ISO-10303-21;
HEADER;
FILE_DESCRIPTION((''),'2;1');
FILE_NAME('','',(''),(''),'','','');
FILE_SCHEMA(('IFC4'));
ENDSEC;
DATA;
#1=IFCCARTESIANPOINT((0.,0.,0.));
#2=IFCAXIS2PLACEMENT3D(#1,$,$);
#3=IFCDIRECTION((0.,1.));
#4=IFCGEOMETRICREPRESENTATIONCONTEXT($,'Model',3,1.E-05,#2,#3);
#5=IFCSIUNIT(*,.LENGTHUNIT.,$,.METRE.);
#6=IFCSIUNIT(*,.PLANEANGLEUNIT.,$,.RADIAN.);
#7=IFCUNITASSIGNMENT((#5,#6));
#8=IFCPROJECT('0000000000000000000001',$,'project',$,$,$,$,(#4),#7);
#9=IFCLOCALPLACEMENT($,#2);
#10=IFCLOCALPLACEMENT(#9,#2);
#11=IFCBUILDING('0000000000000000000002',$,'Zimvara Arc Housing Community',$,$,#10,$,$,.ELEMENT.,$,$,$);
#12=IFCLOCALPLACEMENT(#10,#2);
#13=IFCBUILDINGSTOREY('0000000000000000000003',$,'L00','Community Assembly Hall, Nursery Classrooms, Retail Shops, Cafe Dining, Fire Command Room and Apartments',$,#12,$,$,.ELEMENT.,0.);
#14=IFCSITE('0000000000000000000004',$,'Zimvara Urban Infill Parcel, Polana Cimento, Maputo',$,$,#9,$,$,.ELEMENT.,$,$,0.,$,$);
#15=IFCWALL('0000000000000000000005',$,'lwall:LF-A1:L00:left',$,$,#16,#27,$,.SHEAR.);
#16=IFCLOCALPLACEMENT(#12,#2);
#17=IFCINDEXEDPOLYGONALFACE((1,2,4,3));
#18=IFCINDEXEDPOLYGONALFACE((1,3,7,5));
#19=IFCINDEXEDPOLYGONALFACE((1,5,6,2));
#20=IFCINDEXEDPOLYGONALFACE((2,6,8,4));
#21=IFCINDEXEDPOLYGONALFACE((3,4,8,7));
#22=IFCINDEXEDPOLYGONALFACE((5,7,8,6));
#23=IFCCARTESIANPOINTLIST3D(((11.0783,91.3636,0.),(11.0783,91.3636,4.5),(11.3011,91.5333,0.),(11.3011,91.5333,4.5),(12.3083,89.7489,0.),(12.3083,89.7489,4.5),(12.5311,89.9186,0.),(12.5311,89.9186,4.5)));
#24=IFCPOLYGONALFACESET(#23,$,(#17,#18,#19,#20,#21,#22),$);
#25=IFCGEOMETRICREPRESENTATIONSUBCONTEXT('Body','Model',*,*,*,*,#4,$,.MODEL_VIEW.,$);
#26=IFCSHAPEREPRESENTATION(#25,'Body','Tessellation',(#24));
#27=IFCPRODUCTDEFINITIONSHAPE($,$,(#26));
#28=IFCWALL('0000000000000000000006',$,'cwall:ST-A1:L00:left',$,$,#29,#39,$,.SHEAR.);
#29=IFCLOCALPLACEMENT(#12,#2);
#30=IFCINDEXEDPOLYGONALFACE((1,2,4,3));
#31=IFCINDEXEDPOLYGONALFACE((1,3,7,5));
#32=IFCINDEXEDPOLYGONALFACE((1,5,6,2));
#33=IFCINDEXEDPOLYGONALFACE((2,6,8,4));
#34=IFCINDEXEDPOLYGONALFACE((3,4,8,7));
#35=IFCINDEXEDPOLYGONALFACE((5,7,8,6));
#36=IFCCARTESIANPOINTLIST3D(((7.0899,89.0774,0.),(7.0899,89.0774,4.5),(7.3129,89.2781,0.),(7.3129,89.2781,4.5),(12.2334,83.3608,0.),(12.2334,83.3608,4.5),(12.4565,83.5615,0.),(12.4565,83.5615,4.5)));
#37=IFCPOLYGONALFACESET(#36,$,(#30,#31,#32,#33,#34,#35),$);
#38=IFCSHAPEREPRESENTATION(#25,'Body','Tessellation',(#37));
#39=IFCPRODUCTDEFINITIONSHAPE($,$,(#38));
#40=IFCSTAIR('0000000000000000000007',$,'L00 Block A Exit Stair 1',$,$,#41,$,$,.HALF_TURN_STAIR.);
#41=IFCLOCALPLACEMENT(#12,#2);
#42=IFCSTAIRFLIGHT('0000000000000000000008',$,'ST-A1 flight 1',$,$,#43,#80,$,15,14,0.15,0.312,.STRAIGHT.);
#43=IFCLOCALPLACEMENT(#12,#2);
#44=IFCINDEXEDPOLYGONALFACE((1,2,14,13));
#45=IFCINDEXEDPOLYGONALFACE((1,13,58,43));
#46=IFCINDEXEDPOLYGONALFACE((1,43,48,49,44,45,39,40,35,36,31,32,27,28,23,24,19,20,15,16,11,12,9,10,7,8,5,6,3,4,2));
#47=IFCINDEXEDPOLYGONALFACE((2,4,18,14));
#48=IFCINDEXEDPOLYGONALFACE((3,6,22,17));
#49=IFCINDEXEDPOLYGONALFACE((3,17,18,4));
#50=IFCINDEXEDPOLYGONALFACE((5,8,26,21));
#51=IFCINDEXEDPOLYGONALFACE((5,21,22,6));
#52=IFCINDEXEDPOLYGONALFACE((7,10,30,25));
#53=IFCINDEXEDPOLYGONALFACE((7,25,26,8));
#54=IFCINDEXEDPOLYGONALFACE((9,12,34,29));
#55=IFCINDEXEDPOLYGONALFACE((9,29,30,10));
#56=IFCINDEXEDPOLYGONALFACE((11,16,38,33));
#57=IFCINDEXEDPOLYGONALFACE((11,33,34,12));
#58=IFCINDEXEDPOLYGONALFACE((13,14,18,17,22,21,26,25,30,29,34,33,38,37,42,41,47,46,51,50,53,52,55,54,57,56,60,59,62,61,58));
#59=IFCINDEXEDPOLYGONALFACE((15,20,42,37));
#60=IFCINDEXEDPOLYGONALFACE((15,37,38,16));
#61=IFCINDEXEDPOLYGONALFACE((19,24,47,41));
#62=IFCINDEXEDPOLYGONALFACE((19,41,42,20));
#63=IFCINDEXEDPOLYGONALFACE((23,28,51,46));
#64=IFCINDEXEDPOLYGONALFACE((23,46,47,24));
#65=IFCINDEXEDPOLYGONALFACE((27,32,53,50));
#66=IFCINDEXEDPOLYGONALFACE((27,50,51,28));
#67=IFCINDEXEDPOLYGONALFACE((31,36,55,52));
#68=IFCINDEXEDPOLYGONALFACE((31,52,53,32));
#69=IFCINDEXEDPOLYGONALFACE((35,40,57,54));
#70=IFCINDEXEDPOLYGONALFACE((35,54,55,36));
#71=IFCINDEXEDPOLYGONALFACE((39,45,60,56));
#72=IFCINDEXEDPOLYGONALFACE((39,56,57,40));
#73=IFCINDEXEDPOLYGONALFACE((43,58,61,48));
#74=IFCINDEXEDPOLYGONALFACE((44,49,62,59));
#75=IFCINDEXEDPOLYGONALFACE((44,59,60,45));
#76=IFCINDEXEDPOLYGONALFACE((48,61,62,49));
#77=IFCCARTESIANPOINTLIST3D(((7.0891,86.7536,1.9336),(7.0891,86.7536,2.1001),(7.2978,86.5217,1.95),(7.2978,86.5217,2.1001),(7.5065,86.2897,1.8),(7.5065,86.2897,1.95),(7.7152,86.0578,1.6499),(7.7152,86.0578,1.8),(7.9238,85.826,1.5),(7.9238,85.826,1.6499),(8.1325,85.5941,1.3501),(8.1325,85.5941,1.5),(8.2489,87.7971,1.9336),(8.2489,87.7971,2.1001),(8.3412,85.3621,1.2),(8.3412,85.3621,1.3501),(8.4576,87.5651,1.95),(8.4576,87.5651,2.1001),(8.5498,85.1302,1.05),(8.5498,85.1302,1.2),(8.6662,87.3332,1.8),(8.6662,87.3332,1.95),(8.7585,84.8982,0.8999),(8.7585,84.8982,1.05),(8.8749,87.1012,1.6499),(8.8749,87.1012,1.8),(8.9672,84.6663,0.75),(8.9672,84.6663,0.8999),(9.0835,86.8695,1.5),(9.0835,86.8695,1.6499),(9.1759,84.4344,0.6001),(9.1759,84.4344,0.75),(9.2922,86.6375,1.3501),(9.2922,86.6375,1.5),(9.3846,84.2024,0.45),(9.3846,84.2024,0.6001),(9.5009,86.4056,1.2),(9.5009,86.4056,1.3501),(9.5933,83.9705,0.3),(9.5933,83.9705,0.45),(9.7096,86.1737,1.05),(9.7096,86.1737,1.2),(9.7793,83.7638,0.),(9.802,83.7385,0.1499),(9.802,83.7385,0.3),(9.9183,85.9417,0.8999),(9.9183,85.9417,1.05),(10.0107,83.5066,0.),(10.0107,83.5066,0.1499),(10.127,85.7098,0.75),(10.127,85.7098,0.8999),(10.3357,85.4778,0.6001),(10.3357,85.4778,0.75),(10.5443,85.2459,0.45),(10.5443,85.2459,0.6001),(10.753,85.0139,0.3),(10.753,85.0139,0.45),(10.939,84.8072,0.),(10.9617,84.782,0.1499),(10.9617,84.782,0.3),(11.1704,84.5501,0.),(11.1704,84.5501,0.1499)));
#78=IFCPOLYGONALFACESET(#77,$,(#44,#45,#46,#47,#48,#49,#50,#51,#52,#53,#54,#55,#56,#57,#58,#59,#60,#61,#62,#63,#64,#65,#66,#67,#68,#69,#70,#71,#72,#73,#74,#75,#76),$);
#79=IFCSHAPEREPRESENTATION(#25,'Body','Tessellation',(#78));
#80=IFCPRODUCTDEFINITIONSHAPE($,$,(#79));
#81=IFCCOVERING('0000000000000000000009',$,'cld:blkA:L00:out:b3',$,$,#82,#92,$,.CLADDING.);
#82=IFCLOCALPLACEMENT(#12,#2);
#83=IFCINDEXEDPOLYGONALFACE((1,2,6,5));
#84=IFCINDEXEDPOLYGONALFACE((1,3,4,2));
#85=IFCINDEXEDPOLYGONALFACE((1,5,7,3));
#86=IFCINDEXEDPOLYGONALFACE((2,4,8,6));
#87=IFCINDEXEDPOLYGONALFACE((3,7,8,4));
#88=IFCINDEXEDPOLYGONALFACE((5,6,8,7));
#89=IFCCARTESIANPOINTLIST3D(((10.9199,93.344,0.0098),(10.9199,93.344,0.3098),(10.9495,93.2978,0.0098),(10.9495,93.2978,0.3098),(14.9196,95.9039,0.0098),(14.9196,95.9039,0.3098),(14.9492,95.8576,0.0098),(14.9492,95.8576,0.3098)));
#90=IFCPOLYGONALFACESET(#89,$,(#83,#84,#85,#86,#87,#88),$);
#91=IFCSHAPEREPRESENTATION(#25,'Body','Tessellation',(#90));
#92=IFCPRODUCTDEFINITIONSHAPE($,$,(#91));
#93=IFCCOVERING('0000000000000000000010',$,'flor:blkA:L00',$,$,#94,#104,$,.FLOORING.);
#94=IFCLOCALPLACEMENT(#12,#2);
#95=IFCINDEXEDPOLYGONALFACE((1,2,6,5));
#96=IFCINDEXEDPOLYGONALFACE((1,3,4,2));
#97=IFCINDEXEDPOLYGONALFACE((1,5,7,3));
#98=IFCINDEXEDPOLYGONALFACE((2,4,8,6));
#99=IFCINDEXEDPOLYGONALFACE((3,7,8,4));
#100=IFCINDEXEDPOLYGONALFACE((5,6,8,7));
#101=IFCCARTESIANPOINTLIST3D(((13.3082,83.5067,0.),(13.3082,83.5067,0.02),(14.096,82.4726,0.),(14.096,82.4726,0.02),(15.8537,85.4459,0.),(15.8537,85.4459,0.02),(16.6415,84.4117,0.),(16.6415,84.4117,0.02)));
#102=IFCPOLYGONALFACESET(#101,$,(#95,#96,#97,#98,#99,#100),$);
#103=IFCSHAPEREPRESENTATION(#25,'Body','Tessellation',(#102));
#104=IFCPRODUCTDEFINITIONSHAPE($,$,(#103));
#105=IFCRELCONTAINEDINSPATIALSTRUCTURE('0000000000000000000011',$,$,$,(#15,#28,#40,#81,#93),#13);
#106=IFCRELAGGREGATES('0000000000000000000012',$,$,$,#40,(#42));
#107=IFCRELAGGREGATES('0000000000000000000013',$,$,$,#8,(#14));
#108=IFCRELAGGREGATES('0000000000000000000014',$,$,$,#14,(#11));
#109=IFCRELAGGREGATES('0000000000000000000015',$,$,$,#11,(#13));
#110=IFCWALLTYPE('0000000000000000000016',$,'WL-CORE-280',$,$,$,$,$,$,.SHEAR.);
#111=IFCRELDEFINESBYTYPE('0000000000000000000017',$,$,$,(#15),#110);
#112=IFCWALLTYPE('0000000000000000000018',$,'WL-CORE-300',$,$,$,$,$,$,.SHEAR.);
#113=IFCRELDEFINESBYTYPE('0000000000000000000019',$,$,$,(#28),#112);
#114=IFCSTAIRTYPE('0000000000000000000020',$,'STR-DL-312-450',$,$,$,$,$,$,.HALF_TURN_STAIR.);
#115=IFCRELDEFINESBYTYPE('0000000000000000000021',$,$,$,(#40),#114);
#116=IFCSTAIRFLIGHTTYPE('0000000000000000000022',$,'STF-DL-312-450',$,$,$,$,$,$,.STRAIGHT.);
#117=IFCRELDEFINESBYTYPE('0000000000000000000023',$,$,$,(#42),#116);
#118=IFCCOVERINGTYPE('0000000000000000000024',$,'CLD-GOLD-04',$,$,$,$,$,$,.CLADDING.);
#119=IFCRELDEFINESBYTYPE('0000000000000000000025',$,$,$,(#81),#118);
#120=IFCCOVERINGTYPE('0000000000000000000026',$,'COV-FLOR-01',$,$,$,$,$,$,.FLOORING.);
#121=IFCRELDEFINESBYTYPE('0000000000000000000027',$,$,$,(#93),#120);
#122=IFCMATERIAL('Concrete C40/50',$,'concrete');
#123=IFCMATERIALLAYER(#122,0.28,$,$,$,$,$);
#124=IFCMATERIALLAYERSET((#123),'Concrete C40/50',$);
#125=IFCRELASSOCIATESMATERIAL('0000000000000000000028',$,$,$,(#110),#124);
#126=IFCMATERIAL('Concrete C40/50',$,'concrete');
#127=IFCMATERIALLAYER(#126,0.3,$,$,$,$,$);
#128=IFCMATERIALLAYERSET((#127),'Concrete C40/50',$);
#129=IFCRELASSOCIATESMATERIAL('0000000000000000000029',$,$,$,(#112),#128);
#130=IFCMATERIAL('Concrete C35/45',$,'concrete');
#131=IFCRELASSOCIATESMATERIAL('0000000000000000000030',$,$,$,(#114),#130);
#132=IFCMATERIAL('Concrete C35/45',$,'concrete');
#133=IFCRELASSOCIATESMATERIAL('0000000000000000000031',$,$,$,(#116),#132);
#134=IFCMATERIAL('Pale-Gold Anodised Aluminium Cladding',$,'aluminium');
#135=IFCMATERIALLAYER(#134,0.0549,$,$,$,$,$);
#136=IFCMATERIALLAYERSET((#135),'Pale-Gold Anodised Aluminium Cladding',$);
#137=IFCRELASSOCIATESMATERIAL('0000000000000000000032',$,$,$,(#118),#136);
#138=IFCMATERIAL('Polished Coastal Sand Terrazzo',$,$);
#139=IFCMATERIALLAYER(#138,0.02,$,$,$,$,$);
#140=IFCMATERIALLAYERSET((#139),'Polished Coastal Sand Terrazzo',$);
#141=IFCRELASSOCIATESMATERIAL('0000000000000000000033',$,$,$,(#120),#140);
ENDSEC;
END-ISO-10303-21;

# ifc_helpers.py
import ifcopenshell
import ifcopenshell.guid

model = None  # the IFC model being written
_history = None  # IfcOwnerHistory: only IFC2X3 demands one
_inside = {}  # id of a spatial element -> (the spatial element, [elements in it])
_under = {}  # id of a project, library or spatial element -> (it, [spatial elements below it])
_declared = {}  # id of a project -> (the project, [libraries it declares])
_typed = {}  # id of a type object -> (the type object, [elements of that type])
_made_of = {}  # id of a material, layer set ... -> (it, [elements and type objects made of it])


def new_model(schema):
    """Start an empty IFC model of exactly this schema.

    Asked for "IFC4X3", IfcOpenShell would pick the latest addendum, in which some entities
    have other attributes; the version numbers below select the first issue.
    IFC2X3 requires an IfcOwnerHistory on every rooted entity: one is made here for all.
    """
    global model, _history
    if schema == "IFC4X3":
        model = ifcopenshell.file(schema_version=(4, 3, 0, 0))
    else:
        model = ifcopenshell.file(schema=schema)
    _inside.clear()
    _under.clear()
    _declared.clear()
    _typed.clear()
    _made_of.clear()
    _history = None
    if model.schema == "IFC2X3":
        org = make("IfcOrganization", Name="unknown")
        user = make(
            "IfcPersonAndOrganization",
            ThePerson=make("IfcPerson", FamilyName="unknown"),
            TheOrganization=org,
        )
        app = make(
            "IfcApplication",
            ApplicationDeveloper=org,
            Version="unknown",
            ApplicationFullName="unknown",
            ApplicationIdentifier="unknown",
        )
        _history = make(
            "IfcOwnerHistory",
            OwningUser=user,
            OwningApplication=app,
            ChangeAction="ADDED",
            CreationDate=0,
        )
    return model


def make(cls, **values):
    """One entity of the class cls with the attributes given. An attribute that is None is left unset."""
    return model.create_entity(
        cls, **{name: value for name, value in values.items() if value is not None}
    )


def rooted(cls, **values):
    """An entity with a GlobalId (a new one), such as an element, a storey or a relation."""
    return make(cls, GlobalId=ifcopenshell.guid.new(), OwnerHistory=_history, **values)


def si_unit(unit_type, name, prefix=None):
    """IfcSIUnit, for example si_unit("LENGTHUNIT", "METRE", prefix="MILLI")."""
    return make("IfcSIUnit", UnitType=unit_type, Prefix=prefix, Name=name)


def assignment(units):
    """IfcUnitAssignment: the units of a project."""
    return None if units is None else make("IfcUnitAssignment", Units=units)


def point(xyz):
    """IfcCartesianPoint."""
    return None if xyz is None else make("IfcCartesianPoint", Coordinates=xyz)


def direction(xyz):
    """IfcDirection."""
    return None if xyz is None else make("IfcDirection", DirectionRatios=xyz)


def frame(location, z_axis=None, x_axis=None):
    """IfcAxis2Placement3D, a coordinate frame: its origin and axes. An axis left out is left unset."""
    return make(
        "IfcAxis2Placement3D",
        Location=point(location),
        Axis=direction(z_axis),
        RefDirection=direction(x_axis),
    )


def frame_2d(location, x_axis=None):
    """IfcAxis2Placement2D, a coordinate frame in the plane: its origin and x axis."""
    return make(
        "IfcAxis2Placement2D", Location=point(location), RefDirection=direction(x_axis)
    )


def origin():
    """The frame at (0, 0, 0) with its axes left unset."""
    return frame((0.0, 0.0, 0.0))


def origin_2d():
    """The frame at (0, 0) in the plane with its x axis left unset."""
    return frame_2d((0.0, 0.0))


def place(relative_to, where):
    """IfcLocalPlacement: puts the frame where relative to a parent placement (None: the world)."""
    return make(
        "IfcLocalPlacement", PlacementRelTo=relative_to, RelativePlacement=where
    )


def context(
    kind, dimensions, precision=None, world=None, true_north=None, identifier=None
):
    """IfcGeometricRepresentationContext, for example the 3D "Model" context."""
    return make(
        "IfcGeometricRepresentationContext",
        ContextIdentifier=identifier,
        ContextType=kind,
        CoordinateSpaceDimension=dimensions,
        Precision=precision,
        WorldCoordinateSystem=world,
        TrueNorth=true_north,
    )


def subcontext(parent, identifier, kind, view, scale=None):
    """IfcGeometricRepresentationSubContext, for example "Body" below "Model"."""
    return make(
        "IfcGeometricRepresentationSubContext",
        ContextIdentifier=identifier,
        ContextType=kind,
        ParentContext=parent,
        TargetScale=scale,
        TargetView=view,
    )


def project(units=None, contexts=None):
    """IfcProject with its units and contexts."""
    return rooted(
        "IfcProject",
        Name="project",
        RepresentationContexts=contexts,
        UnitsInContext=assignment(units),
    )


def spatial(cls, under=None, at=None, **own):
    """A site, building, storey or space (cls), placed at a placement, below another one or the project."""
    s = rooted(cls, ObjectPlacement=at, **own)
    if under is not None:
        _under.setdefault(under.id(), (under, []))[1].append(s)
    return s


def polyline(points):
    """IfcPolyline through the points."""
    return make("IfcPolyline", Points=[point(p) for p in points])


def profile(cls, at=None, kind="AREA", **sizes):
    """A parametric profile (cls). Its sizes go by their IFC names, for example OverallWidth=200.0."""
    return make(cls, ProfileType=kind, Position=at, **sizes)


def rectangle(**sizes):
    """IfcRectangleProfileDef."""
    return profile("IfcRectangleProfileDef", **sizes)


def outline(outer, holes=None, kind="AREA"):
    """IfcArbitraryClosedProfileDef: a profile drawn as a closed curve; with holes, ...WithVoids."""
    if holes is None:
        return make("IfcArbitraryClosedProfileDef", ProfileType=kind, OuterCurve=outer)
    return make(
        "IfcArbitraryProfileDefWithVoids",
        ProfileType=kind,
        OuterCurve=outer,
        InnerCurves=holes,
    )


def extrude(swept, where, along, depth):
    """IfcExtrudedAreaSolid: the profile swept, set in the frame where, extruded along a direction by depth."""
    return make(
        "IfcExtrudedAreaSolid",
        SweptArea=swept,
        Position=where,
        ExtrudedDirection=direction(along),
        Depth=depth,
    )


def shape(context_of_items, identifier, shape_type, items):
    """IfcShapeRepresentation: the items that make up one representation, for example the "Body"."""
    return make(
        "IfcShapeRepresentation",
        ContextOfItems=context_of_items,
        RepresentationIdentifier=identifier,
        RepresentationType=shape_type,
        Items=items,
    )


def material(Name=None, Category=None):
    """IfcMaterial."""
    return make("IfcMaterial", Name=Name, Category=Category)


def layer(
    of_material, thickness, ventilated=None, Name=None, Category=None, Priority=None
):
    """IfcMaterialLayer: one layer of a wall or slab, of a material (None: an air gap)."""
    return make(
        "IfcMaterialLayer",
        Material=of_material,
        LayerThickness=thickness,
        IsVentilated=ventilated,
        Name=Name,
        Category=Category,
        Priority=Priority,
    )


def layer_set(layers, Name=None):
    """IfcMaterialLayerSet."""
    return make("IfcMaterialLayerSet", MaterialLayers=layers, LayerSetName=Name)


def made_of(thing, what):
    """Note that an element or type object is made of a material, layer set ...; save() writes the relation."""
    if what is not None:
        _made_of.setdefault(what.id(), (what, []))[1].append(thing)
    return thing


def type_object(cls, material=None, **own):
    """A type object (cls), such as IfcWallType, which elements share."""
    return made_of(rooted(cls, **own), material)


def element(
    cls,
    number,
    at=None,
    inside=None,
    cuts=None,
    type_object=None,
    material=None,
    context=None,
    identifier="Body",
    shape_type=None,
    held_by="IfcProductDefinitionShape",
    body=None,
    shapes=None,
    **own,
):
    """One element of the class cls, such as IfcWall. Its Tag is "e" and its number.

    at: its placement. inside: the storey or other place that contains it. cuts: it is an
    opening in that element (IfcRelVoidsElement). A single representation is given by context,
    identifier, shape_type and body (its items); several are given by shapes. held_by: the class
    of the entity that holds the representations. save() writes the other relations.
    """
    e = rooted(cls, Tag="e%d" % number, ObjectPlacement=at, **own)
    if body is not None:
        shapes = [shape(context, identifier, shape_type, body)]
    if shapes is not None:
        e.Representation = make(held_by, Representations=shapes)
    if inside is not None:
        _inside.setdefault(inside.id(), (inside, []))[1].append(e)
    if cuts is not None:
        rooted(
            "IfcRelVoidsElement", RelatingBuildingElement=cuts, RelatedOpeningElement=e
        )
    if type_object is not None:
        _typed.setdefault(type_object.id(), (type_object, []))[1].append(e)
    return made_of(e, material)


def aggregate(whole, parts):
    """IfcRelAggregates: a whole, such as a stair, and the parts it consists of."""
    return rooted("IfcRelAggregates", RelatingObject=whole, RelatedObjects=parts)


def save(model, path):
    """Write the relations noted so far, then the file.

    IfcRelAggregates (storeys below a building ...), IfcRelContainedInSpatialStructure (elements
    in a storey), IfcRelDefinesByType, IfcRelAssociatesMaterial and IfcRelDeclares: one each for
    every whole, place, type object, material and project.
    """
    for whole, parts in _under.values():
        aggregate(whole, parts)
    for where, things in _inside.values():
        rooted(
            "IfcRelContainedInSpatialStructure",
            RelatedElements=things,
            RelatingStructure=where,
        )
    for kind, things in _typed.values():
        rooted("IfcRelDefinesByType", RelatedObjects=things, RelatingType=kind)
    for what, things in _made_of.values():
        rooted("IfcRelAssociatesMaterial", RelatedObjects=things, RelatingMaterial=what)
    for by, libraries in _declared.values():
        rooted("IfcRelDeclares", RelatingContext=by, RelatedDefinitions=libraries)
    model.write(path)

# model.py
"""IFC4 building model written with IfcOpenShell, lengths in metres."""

from ifc_helpers import new_model, si_unit, direction, frame, frame_2d, origin, origin_2d, place, context, subcontext, project, spatial, polyline, rectangle, outline, extrude, material, layer, layer_set, type_object, element, aggregate, save


model = new_model("IFC4")

# Units and contexts
model_context = context("Model", 3, precision=1e-05, world=origin(), true_north=direction((0.0, 1.0)))
body_context = subcontext(model_context, "Body", "Model", "MODEL_VIEW")
ifc_project = project(units=[si_unit("LENGTHUNIT", "METRE"), si_unit("PLANEANGLEUNIT", "RADIAN")], contexts=[model_context])

# Site, building, storey
site_placement = place(None, origin())
site = spatial("IfcSite", under=ifc_project, at=site_placement, Name="Zimvara Urban Infill Parcel, Polana Cimento, Maputo", CompositionType="ELEMENT", RefElevation=0.0)
building_placement = place(site_placement, origin())
building = spatial("IfcBuilding", under=site, at=building_placement, Name="Zimvara Arc Housing Community", CompositionType="ELEMENT")
storey_placement = place(building_placement, origin())
storey = spatial("IfcBuildingStorey", under=building, at=storey_placement, Name="L00", Description="Community Assembly Hall, Nursery Classrooms, Retail Shops, Cafe Dining, Fire Command Room and Apartments", CompositionType="ELEMENT", Elevation=0.0)

# Shared definitions
ifc_material_1 = material(Name="Concrete C40/50", Category="concrete")
ifc_layer_1 = layer(ifc_material_1, 0.28)
ifc_layer_set_1 = layer_set([ifc_layer_1], Name="Concrete C40/50")
wall_type_1 = type_object("IfcWallType", Name="WL-CORE-280", PredefinedType="SHEAR", material=ifc_layer_set_1)

# Wall
wall_1_placement = place(storey_placement, frame((12.4197, 89.8337, 0.0), z_axis=(0.0, 0.0, 1.0), x_axis=(-0.605949, 0.795504, 0.0)))
element("IfcWall", 1, at=wall_1_placement, inside=storey, type_object=wall_type_1, Name="lwall:LF-A1:L00:left", PredefinedType="SHEAR", context=body_context, shape_type="SweptSolid", body=[
    extrude(rectangle(XDim=2.0298, YDim=0.28, at=frame_2d((1.0149, 0.0))), origin(), (0.0, 0.0, 1.0), 4.5),
])

# Shared definitions
ifc_material_2 = material(Name="Concrete C40/50", Category="concrete")
ifc_layer_2 = layer(ifc_material_2, 0.3)
ifc_layer_set_2 = layer_set([ifc_layer_2], Name="Concrete C40/50")
wall_type_2 = type_object("IfcWallType", Name="WL-CORE-300", PredefinedType="SHEAR", material=ifc_layer_set_2)

# Wall
wall_2_placement = place(storey_placement, frame((12.345, 83.4612, 0.0), z_axis=(0.0, 0.0, 1.0), x_axis=(-0.668868, 0.743381, 0.0)))
element("IfcWall", 2, at=wall_2_placement, inside=storey, type_object=wall_type_2, Name="cwall:ST-A1:L00:left", PredefinedType="SHEAR", context=body_context, shape_type="SweptSolid", body=[
    extrude(rectangle(XDim=7.6899, YDim=0.3, at=frame_2d((3.845, 0.0))), origin(), (0.0, 0.0, 1.0), 4.5),
])

# Stair, stair flight
ifc_material_3 = material(Name="Concrete C35/45", Category="concrete")
stair_type = type_object("IfcStairType", Name="STR-DL-312-450", PredefinedType="HALF_TURN_STAIR", material=ifc_material_3)
stair_placement = place(storey_placement, origin())
stair = element("IfcStair", 3, at=stair_placement, inside=storey, type_object=stair_type, Name="L00 Block A Exit Stair 1", PredefinedType="HALF_TURN_STAIR")
ifc_material_4 = material(Name="Concrete C35/45", Category="concrete")
stair_flight_type = type_object("IfcStairFlightType", Name="STF-DL-312-450", PredefinedType="STRAIGHT", material=ifc_material_4)
stair_flight_placement = place(storey_placement, frame((10.5906, 84.0283, 0.0), z_axis=(0.0, 0.0, 1.0), x_axis=(-0.668871, 0.743378, 0.0)))
stair_flight = element("IfcStairFlight", 4, at=stair_flight_placement, type_object=stair_flight_type, Name="ST-A1 flight 1", NumberOfRisers=15, NumberOfTreads=14, PredefinedType="STRAIGHT", RiserHeight=0.15, TreadLength=0.312, context=body_context, shape_type="SweptSolid", body=[
    extrude(outline(polyline([(0.0, 0.0), (0.0, 0.1499), (0.312, 0.1499), (0.312, 0.3), (0.624, 0.3), (0.624, 0.45), (0.936, 0.45), (0.936, 0.6001), (1.248, 0.6001), (1.248, 0.75), (1.5601, 0.75), (1.5601, 0.8999), (1.8721, 0.8999), (1.8721, 1.05), (2.1841, 1.05), (2.1841, 1.2), (2.4961, 1.2), (2.4961, 1.3501), (2.8081, 1.3501), (2.8081, 1.5), (3.1201, 1.5), (3.1201, 1.6499), (3.4319, 1.6499), (3.4319, 1.8), (3.7439, 1.8), (3.7439, 1.95), (4.0559, 1.95), (4.0559, 2.1001), (4.3679, 2.1001), (4.3679, 2.25), (4.3679, 1.9336), (0.3459, 0.0), (0.0, 0.0)])), frame((0.0, 0.78, 0.0), z_axis=(0.0, -1.0, 0.0), x_axis=(1.0, 0.0, 0.0)), (0.0, 0.0, 1.0), 1.5601),
])
aggregate(stair, [stair_flight])

# Coverings
ifc_material_5 = material(Name="Pale-Gold Anodised Aluminium Cladding", Category="aluminium")
ifc_layer_3 = layer(ifc_material_5, 0.0549)
ifc_layer_set_3 = layer_set([ifc_layer_3], Name="Pale-Gold Anodised Aluminium Cladding")
covering_type_1 = type_object("IfcCoveringType", Name="CLD-GOLD-04", PredefinedType="CLADDING", material=ifc_layer_set_3)
covering_1_placement = place(storey_placement, frame((12.9346, 94.6008, 0.0098), z_axis=(0.0, 0.0, 1.0), x_axis=(0.842265, 0.539063, 0.0)))
element("IfcCovering", 5, at=covering_1_placement, inside=storey, type_object=covering_type_1, Name="cld:blkA:L00:out:b3", PredefinedType="CLADDING", context=body_context, shape_type="SweptSolid", body=[
    extrude(rectangle(XDim=4.7488, YDim=0.0549, at=origin_2d()), origin(), (0.0, 0.0, 1.0), 0.3),
])
ifc_material_6 = material(Name="Polished Coastal Sand Terrazzo")
ifc_layer_4 = layer(ifc_material_6, 0.02)
ifc_layer_set_4 = layer_set([ifc_layer_4], Name="Polished Coastal Sand Terrazzo")
covering_type_2 = type_object("IfcCoveringType", Name="COV-FLOR-01", PredefinedType="FLOORING", material=ifc_layer_set_4)
covering_2_placement = place(storey_placement, frame((14.9749, 83.9592, 0.0), z_axis=(0.0, 0.0, 1.0), x_axis=(-0.605988, 0.795473, 0.0)))
element("IfcCovering", 6, at=covering_2_placement, inside=storey, type_object=covering_type_2, Name="flor:blkA:L00", PredefinedType="FLOORING", context=body_context, shape_type="SweptSolid", body=[
    extrude(rectangle(XDim=1.3, YDim=3.2, at=origin_2d()), origin(), (0.0, 0.0, 1.0), 0.02),
])

save(model, "model.ifc")
